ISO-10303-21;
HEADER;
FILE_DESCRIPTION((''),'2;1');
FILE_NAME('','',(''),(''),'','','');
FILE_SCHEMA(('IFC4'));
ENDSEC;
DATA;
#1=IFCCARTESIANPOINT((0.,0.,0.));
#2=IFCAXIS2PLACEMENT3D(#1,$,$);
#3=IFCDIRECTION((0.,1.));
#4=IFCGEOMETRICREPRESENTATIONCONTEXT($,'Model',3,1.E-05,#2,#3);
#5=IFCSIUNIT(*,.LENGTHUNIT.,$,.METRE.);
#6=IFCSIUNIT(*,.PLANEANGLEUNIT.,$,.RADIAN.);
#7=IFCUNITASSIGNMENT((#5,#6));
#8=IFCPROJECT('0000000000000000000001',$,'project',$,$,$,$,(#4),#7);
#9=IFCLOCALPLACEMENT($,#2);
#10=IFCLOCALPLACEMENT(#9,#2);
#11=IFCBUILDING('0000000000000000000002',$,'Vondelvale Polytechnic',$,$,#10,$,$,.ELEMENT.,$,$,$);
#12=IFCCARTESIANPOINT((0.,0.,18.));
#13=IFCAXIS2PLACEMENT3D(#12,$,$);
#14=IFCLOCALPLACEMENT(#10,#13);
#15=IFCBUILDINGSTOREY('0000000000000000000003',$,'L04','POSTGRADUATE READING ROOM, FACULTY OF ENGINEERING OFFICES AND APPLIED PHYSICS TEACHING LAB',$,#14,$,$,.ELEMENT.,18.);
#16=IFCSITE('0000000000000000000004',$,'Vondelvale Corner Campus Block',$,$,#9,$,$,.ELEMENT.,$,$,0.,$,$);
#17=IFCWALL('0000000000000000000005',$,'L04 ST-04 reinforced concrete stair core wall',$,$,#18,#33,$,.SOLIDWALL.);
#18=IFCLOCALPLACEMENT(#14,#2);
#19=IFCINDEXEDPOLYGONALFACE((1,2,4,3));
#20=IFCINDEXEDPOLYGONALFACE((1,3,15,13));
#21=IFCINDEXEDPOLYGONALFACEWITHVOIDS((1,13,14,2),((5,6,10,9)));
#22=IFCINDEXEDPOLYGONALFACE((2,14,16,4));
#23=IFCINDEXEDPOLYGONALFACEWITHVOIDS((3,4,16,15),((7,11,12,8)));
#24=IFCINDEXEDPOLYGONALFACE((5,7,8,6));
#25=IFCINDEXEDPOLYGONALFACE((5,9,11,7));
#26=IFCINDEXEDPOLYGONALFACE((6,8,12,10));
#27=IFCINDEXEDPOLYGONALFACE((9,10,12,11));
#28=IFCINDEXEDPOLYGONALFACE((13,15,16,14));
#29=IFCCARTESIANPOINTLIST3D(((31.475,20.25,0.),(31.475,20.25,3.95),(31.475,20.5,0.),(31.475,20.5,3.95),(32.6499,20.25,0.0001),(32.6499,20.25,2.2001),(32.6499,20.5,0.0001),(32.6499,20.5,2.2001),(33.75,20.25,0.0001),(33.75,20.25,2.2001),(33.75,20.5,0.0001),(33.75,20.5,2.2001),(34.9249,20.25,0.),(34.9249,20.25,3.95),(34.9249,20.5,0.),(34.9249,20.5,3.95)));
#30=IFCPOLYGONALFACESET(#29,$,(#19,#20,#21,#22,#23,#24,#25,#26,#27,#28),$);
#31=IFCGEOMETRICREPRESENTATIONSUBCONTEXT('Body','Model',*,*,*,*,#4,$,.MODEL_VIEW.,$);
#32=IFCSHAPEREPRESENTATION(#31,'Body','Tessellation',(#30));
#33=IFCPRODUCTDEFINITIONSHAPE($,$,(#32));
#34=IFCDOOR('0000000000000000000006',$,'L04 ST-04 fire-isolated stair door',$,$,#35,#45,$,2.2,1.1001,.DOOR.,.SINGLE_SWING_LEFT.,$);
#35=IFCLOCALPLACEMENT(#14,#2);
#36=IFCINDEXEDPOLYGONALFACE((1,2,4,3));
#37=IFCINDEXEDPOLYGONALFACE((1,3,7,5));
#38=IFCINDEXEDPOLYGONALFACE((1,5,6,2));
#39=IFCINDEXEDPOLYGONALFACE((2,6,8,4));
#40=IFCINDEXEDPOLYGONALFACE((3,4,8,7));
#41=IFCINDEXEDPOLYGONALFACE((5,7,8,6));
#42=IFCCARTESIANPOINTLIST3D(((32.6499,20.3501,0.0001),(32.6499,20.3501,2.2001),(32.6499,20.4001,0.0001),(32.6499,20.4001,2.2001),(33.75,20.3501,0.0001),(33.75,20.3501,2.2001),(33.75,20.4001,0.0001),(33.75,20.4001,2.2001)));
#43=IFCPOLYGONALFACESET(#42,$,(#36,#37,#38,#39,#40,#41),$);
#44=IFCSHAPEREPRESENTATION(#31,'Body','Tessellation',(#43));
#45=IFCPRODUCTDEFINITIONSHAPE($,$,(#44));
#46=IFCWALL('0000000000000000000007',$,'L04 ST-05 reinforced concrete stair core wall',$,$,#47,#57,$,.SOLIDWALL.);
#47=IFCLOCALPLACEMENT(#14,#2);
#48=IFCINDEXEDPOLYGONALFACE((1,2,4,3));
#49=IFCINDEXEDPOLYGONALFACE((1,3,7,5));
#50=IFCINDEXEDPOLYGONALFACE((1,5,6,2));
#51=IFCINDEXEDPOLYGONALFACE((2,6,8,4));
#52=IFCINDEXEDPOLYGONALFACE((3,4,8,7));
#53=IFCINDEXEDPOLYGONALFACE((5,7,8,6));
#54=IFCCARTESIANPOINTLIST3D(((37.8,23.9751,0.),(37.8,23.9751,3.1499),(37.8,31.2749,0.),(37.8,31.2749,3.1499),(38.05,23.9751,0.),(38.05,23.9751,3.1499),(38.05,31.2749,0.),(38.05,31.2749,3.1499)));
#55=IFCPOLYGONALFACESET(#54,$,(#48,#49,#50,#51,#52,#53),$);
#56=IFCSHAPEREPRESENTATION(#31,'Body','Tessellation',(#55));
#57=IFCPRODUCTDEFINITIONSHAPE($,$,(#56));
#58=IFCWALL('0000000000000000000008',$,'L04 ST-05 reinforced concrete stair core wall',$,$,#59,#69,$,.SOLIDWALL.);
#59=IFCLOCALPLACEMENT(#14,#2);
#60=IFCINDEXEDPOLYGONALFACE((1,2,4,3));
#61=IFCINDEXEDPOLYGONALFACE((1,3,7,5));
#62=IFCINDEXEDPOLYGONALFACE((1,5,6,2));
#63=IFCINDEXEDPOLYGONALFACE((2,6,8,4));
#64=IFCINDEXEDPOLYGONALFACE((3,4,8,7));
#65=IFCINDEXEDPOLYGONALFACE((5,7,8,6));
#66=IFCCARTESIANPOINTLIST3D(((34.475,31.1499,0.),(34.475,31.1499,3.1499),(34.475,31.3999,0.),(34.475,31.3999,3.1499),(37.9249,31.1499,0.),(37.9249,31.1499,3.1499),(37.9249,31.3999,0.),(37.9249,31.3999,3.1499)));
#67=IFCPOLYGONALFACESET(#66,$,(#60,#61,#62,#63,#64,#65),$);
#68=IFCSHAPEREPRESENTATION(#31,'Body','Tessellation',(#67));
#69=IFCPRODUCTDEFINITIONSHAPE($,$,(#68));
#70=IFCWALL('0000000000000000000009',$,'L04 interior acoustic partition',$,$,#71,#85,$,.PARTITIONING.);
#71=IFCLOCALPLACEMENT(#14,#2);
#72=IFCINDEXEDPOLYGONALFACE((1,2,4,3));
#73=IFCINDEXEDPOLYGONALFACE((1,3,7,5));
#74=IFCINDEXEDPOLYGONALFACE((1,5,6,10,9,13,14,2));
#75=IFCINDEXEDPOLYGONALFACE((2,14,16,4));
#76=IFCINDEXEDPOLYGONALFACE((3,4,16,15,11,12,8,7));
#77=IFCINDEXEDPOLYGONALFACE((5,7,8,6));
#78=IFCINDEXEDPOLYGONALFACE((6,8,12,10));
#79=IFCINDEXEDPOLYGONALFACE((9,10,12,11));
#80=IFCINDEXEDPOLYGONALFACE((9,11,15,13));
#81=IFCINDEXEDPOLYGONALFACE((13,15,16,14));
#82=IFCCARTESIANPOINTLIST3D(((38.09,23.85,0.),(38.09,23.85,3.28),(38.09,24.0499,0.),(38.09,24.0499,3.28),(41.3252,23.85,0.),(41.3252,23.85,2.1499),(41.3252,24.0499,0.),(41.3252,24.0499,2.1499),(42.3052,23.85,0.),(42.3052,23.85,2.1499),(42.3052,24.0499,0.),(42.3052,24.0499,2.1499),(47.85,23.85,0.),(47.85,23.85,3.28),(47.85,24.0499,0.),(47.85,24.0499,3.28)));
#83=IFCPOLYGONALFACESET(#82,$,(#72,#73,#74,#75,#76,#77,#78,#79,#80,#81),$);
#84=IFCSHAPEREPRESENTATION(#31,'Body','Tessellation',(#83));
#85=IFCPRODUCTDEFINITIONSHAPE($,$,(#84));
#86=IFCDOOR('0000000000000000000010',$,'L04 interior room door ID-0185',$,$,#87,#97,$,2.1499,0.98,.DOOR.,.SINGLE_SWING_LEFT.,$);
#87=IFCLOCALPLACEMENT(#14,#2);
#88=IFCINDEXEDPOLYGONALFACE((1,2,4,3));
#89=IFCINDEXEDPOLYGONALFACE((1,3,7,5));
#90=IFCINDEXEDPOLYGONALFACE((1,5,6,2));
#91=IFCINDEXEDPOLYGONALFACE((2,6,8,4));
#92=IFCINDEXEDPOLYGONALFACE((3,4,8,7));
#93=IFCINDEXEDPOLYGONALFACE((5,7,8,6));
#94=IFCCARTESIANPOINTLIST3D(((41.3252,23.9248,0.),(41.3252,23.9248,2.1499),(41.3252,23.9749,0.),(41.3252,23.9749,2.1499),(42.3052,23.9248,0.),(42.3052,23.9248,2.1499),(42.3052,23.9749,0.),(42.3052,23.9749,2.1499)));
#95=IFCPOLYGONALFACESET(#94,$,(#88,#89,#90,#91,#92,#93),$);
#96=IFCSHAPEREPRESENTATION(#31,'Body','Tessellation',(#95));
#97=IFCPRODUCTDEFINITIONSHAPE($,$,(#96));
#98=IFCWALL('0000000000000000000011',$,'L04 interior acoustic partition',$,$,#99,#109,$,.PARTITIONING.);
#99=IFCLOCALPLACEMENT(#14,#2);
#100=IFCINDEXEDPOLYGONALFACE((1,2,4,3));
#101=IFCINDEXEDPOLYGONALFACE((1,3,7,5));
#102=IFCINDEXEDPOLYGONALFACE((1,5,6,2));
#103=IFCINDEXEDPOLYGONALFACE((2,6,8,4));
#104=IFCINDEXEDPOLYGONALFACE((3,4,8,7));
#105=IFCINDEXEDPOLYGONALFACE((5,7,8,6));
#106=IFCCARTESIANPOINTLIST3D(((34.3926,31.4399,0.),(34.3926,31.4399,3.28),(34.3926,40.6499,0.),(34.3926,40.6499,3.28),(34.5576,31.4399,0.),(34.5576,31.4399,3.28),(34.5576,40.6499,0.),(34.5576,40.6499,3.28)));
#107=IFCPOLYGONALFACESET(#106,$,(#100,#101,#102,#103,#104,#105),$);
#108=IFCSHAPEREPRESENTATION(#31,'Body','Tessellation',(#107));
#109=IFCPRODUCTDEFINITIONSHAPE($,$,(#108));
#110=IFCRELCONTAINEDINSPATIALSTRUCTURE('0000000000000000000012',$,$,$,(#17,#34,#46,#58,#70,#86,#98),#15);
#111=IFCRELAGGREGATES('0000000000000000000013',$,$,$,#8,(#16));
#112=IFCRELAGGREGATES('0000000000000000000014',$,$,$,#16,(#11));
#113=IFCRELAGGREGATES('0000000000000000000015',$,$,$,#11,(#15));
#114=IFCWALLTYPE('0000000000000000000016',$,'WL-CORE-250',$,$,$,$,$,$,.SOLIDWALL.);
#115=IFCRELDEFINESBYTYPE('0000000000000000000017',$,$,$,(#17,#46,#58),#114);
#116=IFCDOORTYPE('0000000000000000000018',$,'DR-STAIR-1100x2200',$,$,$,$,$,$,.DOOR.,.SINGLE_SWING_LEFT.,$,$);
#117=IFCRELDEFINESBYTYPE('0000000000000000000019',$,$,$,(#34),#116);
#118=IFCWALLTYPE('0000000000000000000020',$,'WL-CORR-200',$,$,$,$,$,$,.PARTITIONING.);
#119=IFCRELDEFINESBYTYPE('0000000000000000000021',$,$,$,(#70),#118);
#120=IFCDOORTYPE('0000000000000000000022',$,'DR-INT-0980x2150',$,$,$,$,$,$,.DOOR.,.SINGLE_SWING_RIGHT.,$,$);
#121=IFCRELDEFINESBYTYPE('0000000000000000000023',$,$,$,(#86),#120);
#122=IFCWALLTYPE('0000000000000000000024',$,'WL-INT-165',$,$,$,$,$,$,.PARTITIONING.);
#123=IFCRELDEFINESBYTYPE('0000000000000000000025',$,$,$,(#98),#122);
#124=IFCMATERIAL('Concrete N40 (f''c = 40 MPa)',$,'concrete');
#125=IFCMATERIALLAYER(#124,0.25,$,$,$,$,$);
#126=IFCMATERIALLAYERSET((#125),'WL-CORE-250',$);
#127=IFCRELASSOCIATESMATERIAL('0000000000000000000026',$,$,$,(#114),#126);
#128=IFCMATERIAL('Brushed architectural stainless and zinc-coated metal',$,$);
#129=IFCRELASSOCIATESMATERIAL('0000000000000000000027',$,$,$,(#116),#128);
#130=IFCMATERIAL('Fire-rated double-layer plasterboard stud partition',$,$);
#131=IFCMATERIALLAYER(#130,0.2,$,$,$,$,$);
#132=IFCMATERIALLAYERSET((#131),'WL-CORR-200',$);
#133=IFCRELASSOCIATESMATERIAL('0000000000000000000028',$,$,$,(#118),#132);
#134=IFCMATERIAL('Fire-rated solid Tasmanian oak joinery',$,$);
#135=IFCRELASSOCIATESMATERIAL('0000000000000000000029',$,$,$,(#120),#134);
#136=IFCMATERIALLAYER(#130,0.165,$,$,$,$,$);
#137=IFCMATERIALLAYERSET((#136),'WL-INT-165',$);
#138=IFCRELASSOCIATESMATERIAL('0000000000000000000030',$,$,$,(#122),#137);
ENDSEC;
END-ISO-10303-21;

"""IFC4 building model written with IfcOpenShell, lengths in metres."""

from ifc_helpers import new_model, si_unit, direction, frame, frame_2d, origin, place, context, subcontext, project, spatial, rectangle, extrude, material, layer, layer_set, type_object, element, fill, save


model = new_model("IFC4")

# Units and contexts
model_context = context("Model", 3, precision=1e-05, world=origin(), true_north=direction((0.0, 1.0)))
body_context = subcontext(model_context, "Body", "Model", "MODEL_VIEW")
ifc_project = project(units=[si_unit("LENGTHUNIT", "METRE"), si_unit("PLANEANGLEUNIT", "RADIAN")], contexts=[model_context])

# Site, building, storey
site_placement = place(None, origin())
site = spatial("IfcSite", under=ifc_project, at=site_placement, Name="Vondelvale Corner Campus Block", CompositionType="ELEMENT", RefElevation=0.0)
building_placement = place(site_placement, origin())
building = spatial("IfcBuilding", under=site, at=building_placement, Name="Vondelvale Polytechnic", CompositionType="ELEMENT")
storey_placement = place(building_placement, frame((0.0, 0.0, 18.0)))
storey = spatial("IfcBuildingStorey", under=building, at=storey_placement, Name="L04", Description="POSTGRADUATE READING ROOM, FACULTY OF ENGINEERING OFFICES AND APPLIED PHYSICS TEACHING LAB", CompositionType="ELEMENT", Elevation=18.0)

# Shared definitions
ifc_material_1 = material(Name="Concrete N40 (f'c = 40 MPa)", Category="concrete")

# Shared definitions
ifc_layer_1 = layer(ifc_material_1, 0.25)
ifc_layer_set_1 = layer_set([ifc_layer_1], Name="WL-CORE-250")
wall_type_1 = type_object("IfcWallType", Name="WL-CORE-250", PredefinedType="SOLIDWALL", material=ifc_layer_set_1)

# Wall, opening, door
wall_1_placement = place(storey_placement, frame((34.925, 20.375, 0.0), z_axis=(0.0, 0.0, 1.0), x_axis=(-1.0, 0.0, 0.0)))
wall_1 = element("IfcWall", 1, at=wall_1_placement, inside=storey, type_object=wall_type_1, Name="L04 ST-04 reinforced concrete stair core wall", PredefinedType="SOLIDWALL", context=body_context, shape_type="SweptSolid", body=[
    extrude(rectangle(XDim=3.45, YDim=0.25, at=frame_2d((1.7251, 0.0))), origin(), (0.0, 0.0, 1.0), 3.95),
])
opening_1_placement = place(wall_1_placement, frame((1.175, 0.0, 0.0)))
opening_1 = element("IfcOpeningElement", 2, at=opening_1_placement, cuts=wall_1, PredefinedType="OPENING", context=body_context, shape_type="SweptSolid", body=[
    extrude(rectangle(XDim=1.1001, YDim=2.2, at=frame_2d((0.55, 1.1001))), frame((0.0, 0.135, 0.0), z_axis=(0.0, -1.0, 0.0), x_axis=(1.0, 0.0, 0.0)), (0.0, 0.0, 1.0), 0.27),
])
ifc_material_2 = material(Name="Brushed architectural stainless and zinc-coated metal")
door_type_1 = type_object("IfcDoorType", Name="DR-STAIR-1100x2200", OperationType="SINGLE_SWING_LEFT", PredefinedType="DOOR", material=ifc_material_2)
door_1_placement = place(opening_1_placement, origin())
door_1 = element("IfcDoor", 3, at=door_1_placement, inside=storey, type_object=door_type_1, Name="L04 ST-04 fire-isolated stair door", OperationType="SINGLE_SWING_LEFT", OverallHeight=2.2, OverallWidth=1.1001, PredefinedType="DOOR", context=body_context, shape_type="SweptSolid", body=[
    extrude(rectangle(XDim=1.1001, YDim=2.2, at=frame_2d((0.55, 1.1001))), frame((0.0, 0.0249, 0.0), z_axis=(0.0, -1.0, 0.0), x_axis=(1.0, 0.0, 0.0)), (0.0, 0.0, 1.0), 0.05),
])
fill(opening_1, door_1)

# Walls
wall_2_placement = place(storey_placement, frame((37.925, 23.9751, 0.0), z_axis=(0.0, 0.0, 1.0), x_axis=(0.0, 1.0, 0.0)))
element("IfcWall", 4, at=wall_2_placement, inside=storey, type_object=wall_type_1, Name="L04 ST-05 reinforced concrete stair core wall", PredefinedType="SOLIDWALL", context=body_context, shape_type="SweptSolid", body=[
    extrude(rectangle(XDim=7.2998, YDim=0.25, at=frame_2d((3.6499, 0.0))), origin(), (0.0, 0.0, 1.0), 3.1499),
])
wall_3_placement = place(storey_placement, frame((37.925, 31.2749, 0.0), z_axis=(0.0, 0.0, 1.0), x_axis=(-1.0, 0.0, 0.0)))
element("IfcWall", 5, at=wall_3_placement, inside=storey, type_object=wall_type_1, Name="L04 ST-05 reinforced concrete stair core wall", PredefinedType="SOLIDWALL", context=body_context, shape_type="SweptSolid", body=[
    extrude(rectangle(XDim=3.45, YDim=0.25, at=frame_2d((1.7251, 0.0))), origin(), (0.0, 0.0, 1.0), 3.1499),
])

# Shared definitions
ifc_material_3 = material(Name="Fire-rated double-layer plasterboard stud partition")
ifc_layer_2 = layer(ifc_material_3, 0.2)
ifc_layer_set_2 = layer_set([ifc_layer_2], Name="WL-CORR-200")
wall_type_2 = type_object("IfcWallType", Name="WL-CORR-200", PredefinedType="PARTITIONING", material=ifc_layer_set_2)
ifc_material_4 = material(Name="Fire-rated solid Tasmanian oak joinery")
door_type_2 = type_object("IfcDoorType", Name="DR-INT-0980x2150", OperationType="SINGLE_SWING_RIGHT", PredefinedType="DOOR", material=ifc_material_4)

# Wall, opening, door
wall_4_placement = place(storey_placement, frame((38.0901, 23.95, 0.0), z_axis=(0.0, 0.0, 1.0), x_axis=(1.0, 0.0, 0.0)))
wall_4 = element("IfcWall", 6, at=wall_4_placement, inside=storey, type_object=wall_type_2, Name="L04 interior acoustic partition", PredefinedType="PARTITIONING", context=body_context, shape_type="SweptSolid", body=[
    extrude(rectangle(XDim=9.76, YDim=0.2, at=frame_2d((4.8799, 0.0))), origin(), (0.0, 0.0, 1.0), 3.28),
])
opening_2_placement = place(wall_4_placement, frame((3.2351, 0.0, 0.0)))
opening_2 = element("IfcOpeningElement", 7, at=opening_2_placement, cuts=wall_4, PredefinedType="OPENING", context=body_context, shape_type="SweptSolid", body=[
    extrude(rectangle(XDim=0.98, YDim=2.1499, at=frame_2d((0.49, 1.075))), frame((0.0, 0.1099, 0.0), z_axis=(0.0, -1.0, 0.0), x_axis=(1.0, 0.0, 0.0)), (0.0, 0.0, 1.0), 0.22),
])
door_2_placement = place(opening_2_placement, origin())
door_2 = element("IfcDoor", 8, at=door_2_placement, inside=storey, type_object=door_type_2, Name="L04 interior room door ID-0185", OperationType="SINGLE_SWING_LEFT", OverallHeight=2.1499, OverallWidth=0.98, PredefinedType="DOOR", context=body_context, shape_type="SweptSolid", body=[
    extrude(rectangle(XDim=0.98, YDim=2.1499, at=frame_2d((0.49, 1.075))), frame((0.0, 0.0249, 0.0), z_axis=(0.0, -1.0, 0.0), x_axis=(1.0, 0.0, 0.0)), (0.0, 0.0, 1.0), 0.05),
])
fill(opening_2, door_2)

# Wall
ifc_layer_3 = layer(ifc_material_3, 0.165)
ifc_layer_set_3 = layer_set([ifc_layer_3], Name="WL-INT-165")
wall_type_3 = type_object("IfcWallType", Name="WL-INT-165", PredefinedType="PARTITIONING", material=ifc_layer_set_3)
wall_5_placement = place(storey_placement, frame((34.4751, 31.4399, 0.0), z_axis=(0.0, 0.0, 1.0), x_axis=(0.0, 1.0, 0.0)))
element("IfcWall", 9, at=wall_5_placement, inside=storey, type_object=wall_type_3, Name="L04 interior acoustic partition", PredefinedType="PARTITIONING", context=body_context, shape_type="SweptSolid", body=[
    extrude(rectangle(XDim=9.21, YDim=0.165, at=frame_2d((4.605, 0.0))), origin(), (0.0, 0.0, 1.0), 3.28),
])

save(model, "model.ifc")
